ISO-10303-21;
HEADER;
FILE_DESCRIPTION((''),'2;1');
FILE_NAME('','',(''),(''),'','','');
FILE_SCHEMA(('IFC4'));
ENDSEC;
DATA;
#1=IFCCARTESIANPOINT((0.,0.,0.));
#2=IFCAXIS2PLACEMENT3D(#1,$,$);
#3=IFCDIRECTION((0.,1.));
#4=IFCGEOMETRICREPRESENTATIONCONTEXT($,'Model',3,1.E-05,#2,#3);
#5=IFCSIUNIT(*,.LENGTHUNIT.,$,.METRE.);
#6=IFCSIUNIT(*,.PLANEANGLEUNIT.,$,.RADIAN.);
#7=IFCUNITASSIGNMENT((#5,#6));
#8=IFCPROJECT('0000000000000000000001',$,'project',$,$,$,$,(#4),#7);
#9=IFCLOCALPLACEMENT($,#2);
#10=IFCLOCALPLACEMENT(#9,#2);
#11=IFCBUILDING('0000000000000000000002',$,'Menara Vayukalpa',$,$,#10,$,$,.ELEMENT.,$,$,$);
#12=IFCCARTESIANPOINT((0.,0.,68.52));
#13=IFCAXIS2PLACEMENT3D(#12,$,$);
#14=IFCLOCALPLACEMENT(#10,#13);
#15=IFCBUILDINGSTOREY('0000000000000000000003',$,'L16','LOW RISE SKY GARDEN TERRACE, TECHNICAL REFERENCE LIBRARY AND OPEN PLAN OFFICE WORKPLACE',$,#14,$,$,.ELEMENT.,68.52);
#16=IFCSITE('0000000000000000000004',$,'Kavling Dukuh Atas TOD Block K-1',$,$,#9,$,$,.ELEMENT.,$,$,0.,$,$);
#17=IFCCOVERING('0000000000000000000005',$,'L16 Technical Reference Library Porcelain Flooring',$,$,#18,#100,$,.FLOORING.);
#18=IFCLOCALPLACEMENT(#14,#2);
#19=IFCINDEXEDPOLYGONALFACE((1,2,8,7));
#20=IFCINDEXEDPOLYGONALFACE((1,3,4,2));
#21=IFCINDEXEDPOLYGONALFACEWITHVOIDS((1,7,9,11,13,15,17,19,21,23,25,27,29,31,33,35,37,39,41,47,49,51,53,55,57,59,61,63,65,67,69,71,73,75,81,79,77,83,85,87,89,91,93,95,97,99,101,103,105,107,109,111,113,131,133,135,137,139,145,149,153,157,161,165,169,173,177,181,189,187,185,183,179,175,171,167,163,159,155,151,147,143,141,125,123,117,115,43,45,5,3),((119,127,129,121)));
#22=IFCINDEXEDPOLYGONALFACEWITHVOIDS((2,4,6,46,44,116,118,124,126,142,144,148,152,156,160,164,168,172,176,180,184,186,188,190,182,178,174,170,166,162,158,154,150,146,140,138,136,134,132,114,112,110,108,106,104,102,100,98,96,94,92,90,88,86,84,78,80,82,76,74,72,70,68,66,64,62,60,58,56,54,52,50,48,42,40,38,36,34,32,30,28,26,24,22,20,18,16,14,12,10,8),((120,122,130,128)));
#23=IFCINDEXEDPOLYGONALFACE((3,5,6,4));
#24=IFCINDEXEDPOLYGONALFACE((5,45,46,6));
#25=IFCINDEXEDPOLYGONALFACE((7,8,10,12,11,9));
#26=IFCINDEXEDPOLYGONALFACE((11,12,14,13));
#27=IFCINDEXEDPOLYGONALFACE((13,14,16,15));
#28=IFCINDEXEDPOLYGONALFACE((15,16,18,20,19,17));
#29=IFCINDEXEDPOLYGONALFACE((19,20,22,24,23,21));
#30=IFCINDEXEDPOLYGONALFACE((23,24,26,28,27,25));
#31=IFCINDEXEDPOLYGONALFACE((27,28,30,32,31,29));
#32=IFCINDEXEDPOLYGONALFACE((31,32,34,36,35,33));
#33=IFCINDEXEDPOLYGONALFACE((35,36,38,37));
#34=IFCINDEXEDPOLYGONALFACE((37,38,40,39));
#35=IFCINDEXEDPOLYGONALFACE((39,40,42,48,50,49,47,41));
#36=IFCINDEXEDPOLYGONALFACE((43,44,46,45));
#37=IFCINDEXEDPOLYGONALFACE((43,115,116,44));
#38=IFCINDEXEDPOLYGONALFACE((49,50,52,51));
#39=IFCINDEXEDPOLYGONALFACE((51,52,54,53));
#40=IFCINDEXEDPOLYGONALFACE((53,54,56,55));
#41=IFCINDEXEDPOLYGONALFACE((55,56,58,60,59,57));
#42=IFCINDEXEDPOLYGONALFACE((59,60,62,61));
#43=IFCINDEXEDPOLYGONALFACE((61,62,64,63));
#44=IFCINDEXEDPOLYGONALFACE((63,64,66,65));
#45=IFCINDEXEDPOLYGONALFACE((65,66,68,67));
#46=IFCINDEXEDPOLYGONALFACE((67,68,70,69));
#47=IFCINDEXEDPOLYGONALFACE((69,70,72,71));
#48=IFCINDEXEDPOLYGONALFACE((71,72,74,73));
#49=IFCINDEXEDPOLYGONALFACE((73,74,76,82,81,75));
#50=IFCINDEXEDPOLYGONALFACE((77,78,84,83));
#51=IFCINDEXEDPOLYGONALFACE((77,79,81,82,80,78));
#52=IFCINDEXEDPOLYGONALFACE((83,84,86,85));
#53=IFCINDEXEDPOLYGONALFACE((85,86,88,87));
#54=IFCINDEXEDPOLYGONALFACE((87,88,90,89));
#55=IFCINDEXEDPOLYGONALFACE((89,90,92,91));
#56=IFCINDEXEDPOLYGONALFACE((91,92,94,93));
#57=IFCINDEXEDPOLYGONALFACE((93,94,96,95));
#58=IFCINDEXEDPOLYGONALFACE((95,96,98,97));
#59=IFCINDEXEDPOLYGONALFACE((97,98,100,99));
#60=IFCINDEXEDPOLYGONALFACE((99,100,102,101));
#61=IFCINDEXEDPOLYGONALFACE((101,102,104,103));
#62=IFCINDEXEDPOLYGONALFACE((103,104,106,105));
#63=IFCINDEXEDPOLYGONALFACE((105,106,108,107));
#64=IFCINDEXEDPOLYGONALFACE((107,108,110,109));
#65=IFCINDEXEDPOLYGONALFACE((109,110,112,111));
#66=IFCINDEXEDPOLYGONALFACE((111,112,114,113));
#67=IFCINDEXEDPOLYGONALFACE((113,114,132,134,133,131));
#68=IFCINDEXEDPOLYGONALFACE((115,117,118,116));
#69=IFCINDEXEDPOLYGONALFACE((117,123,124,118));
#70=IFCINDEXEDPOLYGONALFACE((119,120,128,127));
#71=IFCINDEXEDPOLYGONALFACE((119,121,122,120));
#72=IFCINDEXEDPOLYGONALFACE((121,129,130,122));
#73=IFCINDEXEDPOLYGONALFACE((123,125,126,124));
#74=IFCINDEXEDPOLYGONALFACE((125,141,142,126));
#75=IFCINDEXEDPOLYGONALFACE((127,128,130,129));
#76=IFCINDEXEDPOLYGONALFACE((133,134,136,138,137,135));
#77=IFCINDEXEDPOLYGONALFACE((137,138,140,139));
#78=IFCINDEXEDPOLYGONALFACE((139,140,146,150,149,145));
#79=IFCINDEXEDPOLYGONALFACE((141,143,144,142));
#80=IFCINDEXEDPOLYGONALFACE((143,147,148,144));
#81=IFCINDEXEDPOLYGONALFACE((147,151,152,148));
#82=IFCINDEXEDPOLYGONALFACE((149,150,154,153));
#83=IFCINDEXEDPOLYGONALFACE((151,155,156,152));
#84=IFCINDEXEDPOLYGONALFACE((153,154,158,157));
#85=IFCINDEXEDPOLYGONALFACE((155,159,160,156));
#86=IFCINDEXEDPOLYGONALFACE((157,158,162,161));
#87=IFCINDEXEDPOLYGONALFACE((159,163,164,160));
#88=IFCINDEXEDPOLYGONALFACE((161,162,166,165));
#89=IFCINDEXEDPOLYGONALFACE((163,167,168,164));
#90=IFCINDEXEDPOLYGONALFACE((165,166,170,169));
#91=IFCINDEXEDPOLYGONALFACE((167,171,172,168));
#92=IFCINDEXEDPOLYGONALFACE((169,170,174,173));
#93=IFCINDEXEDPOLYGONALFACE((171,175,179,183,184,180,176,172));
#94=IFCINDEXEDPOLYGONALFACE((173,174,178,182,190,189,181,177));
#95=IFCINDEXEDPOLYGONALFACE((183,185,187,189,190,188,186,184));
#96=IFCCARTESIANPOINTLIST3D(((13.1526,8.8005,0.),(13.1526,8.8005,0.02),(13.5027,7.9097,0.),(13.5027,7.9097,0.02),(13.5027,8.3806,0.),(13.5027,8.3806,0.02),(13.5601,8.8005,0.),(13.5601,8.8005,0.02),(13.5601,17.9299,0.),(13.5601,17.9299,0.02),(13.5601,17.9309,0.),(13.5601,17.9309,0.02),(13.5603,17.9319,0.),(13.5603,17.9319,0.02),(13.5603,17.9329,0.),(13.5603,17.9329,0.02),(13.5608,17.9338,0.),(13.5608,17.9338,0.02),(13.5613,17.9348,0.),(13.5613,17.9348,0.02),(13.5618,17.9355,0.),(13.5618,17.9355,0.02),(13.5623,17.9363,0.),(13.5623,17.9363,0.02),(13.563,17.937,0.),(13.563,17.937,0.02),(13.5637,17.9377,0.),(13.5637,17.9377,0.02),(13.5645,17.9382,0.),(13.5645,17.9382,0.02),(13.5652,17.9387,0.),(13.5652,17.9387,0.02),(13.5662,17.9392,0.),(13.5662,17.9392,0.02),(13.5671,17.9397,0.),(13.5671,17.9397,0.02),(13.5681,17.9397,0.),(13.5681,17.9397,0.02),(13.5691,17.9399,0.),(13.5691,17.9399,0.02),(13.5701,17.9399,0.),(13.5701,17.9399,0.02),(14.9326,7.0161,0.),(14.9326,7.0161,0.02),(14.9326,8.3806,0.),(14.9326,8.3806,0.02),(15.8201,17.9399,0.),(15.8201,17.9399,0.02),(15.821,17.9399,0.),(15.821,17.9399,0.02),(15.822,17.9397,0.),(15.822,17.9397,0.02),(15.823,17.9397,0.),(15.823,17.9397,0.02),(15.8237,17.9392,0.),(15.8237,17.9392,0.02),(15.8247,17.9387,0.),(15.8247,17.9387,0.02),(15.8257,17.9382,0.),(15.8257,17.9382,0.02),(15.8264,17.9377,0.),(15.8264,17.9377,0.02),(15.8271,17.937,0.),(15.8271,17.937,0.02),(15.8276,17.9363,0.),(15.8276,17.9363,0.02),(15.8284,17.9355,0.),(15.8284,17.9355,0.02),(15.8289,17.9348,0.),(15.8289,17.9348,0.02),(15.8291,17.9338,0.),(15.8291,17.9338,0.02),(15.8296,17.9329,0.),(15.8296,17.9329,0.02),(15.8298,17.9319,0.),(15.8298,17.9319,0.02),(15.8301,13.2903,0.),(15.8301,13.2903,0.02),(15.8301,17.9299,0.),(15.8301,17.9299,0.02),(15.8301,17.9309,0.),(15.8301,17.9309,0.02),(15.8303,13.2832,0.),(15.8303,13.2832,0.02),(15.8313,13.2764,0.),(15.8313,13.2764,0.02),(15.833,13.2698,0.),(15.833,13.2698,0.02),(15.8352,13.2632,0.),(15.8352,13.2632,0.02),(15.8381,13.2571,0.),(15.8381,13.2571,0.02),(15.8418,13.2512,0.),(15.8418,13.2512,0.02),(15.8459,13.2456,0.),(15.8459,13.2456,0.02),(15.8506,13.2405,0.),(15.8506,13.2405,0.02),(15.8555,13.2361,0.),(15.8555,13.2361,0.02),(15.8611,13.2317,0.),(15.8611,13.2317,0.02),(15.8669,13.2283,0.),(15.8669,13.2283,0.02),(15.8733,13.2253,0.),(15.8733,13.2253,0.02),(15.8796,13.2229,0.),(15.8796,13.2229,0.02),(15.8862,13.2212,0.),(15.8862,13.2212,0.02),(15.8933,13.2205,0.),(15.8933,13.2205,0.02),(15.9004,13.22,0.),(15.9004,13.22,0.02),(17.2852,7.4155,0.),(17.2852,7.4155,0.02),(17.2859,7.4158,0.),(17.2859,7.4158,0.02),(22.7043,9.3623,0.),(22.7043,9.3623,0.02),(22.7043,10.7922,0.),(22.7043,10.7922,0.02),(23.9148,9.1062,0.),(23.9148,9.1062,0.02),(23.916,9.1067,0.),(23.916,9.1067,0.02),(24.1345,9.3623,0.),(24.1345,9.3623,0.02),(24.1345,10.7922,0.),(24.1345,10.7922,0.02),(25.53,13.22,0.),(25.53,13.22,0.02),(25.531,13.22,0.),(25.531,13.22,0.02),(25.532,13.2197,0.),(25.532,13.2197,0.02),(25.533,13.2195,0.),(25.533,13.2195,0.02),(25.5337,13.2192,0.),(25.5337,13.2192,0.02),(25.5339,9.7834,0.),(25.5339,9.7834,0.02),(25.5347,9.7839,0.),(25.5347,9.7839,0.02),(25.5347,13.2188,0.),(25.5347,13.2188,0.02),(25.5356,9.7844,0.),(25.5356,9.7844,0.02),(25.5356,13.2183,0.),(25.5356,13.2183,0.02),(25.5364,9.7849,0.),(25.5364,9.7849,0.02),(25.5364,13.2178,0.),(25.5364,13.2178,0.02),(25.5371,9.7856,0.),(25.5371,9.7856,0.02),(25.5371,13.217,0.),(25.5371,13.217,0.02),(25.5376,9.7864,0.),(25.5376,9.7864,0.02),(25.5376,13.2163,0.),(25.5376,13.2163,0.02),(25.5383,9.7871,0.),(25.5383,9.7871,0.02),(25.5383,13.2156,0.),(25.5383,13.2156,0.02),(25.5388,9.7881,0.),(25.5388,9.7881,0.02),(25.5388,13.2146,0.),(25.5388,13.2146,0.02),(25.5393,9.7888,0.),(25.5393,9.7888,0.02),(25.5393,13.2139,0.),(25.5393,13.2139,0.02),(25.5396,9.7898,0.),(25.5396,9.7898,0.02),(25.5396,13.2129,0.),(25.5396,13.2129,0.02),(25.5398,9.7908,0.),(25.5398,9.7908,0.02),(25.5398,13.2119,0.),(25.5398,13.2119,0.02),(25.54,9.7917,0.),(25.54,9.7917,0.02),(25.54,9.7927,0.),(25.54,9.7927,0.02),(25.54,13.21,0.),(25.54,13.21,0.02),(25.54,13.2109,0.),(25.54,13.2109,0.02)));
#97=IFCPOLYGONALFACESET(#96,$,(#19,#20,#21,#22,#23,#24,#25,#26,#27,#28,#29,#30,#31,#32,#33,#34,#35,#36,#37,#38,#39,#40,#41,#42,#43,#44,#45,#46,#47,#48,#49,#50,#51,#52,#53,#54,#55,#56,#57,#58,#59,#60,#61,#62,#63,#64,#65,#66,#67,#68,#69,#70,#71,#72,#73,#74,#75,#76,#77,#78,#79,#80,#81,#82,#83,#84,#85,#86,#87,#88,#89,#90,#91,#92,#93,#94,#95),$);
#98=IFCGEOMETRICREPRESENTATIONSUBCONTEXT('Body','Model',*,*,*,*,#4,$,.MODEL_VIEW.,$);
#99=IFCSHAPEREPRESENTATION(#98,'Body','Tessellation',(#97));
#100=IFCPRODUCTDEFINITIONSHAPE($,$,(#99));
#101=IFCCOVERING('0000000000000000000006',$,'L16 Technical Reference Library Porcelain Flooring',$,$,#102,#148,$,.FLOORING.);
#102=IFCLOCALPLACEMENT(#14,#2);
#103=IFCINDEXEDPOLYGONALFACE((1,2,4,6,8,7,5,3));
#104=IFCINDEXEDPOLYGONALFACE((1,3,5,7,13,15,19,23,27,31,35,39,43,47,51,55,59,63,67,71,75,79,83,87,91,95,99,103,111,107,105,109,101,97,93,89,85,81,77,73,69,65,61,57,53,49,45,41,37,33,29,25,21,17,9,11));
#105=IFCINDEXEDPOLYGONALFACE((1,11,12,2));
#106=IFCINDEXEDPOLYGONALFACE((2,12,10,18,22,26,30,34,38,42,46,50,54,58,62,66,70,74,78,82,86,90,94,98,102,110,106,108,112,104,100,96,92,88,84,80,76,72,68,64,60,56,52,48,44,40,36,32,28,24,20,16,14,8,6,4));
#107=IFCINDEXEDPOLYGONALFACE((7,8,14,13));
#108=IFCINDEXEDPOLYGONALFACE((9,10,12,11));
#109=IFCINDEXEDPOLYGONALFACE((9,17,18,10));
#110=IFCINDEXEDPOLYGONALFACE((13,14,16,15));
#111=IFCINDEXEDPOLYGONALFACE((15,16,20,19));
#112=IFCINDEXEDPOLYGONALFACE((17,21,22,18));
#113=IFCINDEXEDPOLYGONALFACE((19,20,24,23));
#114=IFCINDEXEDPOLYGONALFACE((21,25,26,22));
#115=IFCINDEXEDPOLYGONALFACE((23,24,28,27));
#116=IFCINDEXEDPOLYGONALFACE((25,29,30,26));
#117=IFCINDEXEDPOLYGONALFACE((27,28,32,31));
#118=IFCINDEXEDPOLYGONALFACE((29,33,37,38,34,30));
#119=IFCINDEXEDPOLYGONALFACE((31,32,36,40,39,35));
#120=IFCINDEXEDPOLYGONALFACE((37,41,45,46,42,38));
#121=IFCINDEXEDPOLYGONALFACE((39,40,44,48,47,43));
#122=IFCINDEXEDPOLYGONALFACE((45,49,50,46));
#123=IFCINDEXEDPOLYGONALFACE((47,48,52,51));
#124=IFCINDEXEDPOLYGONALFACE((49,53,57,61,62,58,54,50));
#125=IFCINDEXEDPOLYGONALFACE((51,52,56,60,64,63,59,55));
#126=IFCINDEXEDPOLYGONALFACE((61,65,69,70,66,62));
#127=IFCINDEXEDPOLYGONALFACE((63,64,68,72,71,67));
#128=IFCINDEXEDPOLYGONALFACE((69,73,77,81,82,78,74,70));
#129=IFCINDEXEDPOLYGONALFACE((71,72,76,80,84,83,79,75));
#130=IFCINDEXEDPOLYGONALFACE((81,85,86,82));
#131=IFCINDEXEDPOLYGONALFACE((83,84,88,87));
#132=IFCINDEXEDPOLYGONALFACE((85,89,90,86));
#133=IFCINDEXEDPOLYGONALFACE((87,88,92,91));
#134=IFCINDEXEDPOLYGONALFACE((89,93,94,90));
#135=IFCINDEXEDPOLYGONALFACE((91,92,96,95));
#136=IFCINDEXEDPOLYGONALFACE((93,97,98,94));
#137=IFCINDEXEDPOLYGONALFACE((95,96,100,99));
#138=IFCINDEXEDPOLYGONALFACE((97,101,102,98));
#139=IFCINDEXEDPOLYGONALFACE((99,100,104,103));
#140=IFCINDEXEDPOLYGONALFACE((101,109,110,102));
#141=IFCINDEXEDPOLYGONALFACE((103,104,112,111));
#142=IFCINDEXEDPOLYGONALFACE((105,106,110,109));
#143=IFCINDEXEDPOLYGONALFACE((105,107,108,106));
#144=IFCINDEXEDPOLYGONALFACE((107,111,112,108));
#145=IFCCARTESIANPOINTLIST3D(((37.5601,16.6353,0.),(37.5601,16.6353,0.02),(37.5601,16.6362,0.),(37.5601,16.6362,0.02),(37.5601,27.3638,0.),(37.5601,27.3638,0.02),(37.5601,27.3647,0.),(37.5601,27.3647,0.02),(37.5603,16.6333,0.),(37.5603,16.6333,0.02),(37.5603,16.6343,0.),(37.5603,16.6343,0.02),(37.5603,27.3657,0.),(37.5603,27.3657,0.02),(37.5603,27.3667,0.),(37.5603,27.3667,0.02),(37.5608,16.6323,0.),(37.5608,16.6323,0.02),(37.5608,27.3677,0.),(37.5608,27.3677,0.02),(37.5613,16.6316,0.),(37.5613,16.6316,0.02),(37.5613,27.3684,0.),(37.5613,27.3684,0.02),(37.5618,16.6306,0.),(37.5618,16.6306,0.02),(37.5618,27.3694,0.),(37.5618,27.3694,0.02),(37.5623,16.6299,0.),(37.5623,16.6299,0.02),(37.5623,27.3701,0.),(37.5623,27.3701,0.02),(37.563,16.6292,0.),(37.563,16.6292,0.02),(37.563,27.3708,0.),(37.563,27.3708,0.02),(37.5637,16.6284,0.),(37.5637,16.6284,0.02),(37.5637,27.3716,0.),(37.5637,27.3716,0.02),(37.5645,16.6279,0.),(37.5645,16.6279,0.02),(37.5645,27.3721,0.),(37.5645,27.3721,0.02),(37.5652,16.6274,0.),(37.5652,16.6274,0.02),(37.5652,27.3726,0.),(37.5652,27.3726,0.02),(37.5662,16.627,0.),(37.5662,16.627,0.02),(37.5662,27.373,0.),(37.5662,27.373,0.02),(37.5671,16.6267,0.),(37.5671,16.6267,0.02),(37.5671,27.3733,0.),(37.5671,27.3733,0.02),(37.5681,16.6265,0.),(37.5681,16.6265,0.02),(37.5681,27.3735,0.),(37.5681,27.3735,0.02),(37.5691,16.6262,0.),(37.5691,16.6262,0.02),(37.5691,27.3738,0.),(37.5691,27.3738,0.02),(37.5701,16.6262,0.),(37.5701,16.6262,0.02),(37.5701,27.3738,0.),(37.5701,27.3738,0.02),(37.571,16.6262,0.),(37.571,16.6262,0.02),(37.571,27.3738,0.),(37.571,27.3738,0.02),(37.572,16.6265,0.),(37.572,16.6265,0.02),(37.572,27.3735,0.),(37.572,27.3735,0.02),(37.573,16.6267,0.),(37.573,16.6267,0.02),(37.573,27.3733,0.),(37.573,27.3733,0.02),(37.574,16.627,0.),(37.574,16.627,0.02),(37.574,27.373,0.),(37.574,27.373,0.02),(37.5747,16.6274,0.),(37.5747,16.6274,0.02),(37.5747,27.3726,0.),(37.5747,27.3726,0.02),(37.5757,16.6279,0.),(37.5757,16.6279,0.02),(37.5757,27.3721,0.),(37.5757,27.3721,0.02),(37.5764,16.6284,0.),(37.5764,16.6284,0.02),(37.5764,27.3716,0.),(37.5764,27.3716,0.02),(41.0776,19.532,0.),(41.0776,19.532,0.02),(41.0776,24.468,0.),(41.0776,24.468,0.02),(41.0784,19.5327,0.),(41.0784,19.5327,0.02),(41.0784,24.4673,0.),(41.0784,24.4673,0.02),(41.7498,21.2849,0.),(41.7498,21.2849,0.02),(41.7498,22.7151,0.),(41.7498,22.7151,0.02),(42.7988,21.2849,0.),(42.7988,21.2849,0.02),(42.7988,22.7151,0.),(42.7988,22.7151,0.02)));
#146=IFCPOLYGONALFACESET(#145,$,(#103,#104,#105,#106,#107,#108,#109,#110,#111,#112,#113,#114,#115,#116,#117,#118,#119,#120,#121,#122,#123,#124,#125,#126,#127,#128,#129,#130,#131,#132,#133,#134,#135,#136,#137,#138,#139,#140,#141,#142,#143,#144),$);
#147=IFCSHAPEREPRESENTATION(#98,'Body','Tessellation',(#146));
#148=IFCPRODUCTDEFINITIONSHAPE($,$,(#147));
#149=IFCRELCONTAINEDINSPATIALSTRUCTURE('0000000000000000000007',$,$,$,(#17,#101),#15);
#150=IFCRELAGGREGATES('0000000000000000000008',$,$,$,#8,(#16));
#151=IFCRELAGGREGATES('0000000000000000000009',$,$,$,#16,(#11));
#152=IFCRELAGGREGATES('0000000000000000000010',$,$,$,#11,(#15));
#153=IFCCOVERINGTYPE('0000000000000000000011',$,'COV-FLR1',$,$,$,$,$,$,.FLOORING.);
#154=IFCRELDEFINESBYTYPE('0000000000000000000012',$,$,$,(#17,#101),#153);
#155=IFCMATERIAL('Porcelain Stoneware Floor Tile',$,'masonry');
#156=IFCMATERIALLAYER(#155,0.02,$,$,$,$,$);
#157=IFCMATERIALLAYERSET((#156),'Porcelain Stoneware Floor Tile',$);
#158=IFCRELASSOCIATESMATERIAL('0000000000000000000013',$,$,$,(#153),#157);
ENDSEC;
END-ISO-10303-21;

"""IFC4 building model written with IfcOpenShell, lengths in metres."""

from ifc_helpers import new_model, si_unit, direction, frame, origin, place, context, subcontext, project, spatial, polyline, outline, extrude, material, layer, layer_set, type_object, element, save


model = new_model("IFC4")

# Units and contexts
model_context = context("Model", 3, precision=1e-05, world=origin(), true_north=direction((0.0, 1.0)))
body_context = subcontext(model_context, "Body", "Model", "MODEL_VIEW")
ifc_project = project(units=[si_unit("LENGTHUNIT", "METRE"), si_unit("PLANEANGLEUNIT", "RADIAN")], contexts=[model_context])

# Site, building, storey
site_placement = place(None, origin())
site = spatial("IfcSite", under=ifc_project, at=site_placement, Name="Kavling Dukuh Atas TOD Block K-1", CompositionType="ELEMENT", RefElevation=0.0)
building_placement = place(site_placement, origin())
building = spatial("IfcBuilding", under=site, at=building_placement, Name="Menara Vayukalpa", CompositionType="ELEMENT")
storey_placement = place(building_placement, frame((0.0, 0.0, 68.52)))
storey = spatial("IfcBuildingStorey", under=building, at=storey_placement, Name="L16", Description="LOW RISE SKY GARDEN TERRACE, TECHNICAL REFERENCE LIBRARY AND OPEN PLAN OFFICE WORKPLACE", CompositionType="ELEMENT", Elevation=68.52)

# Coverings
ifc_material_1 = material(Name="Porcelain Stoneware Floor Tile", Category="masonry")
ifc_layer_1 = layer(ifc_material_1, 0.02)
ifc_layer_set_1 = layer_set([ifc_layer_1], Name="Porcelain Stoneware Floor Tile")
covering_type_1 = type_object("IfcCoveringType", Name="COV-FLR1", PredefinedType="FLOORING", material=ifc_layer_set_1)
covering_1_placement = place(storey_placement, origin())
element("IfcCovering", 1, at=covering_1_placement, inside=storey, type_object=covering_type_1, Name="L16 Technical Reference Library Porcelain Flooring", PredefinedType="FLOORING", context=body_context, shape_type="SweptSolid", body=[
    extrude(outline(polyline([(13.5601, 8.8005), (13.5601, 17.9299), (13.5601, 17.9309), (13.5603, 17.9319), (13.5603, 17.9329), (13.5608, 17.9338), (13.5613, 17.9348), (13.5618, 17.9355), (13.5623, 17.9363), (13.563, 17.937), (13.5637, 17.9377), (13.5645, 17.9382), (13.5652, 17.9387), (13.5662, 17.9392), (13.5671, 17.9397), (13.5681, 17.9397), (13.5691, 17.9399), (13.5701, 17.9399), (15.8201, 17.9399), (15.821, 17.9399), (15.822, 17.9397), (15.823, 17.9397), (15.8237, 17.9392), (15.8247, 17.9387), (15.8257, 17.9382), (15.8264, 17.9377), (15.8271, 17.937), (15.8276, 17.9363), (15.8284, 17.9355), (15.8289, 17.9348), (15.8291, 17.9338), (15.8296, 17.9329), (15.8298, 17.9319), (15.8301, 17.9309), (15.8301, 17.9299), (15.8301, 13.2903), (15.8303, 13.2832), (15.8313, 13.2764), (15.833, 13.2698), (15.8352, 13.2632), (15.8381, 13.2571), (15.8418, 13.2512), (15.8459, 13.2456), (15.8506, 13.2405), (15.8555, 13.2361), (15.8611, 13.2317), (15.8669, 13.2283), (15.8733, 13.2253), (15.8796, 13.2229), (15.8862, 13.2212), (15.8933, 13.2205), (15.9004, 13.22), (25.53, 13.22), (25.531, 13.22), (25.532, 13.2197), (25.533, 13.2195), (25.5337, 13.2192), (25.5347, 13.2188), (25.5356, 13.2183), (25.5364, 13.2178), (25.5371, 13.217), (25.5376, 13.2163), (25.5383, 13.2156), (25.5388, 13.2146), (25.5393, 13.2139), (25.5396, 13.2129), (25.5398, 13.2119), (25.54, 13.2109), (25.54, 13.21), (25.54, 9.7927), (25.54, 9.7917), (25.5398, 9.7908), (25.5396, 9.7898), (25.5393, 9.7888), (25.5388, 9.7881), (25.5383, 9.7871), (25.5376, 9.7864), (25.5371, 9.7856), (25.5364, 9.7849), (25.5356, 9.7844), (25.5347, 9.7839), (25.5339, 9.7834), (23.916, 9.1067), (23.9148, 9.1062), (17.2859, 7.4158), (17.2852, 7.4155), (14.9326, 7.0161), (14.9326, 8.3806), (13.5027, 8.3806), (13.5027, 7.9097), (13.1526, 8.8005), (13.5601, 8.8005)]), holes=[polyline([(24.1345, 10.7922), (22.7043, 10.7922), (22.7043, 9.3623), (24.1345, 9.3623), (24.1345, 10.7922)])]), origin(), (0.0, 0.0, 1.0), 0.02),
])
covering_2_placement = place(storey_placement, origin())
element("IfcCovering", 2, at=covering_2_placement, inside=storey, type_object=covering_type_1, Name="L16 Technical Reference Library Porcelain Flooring", PredefinedType="FLOORING", context=body_context, shape_type="SweptSolid", body=[
    extrude(outline(polyline([(42.7988, 22.7151), (41.7498, 22.7151), (41.7498, 21.2849), (42.7988, 21.2849), (41.0784, 19.5327), (41.0776, 19.532), (37.5764, 16.6284), (37.5757, 16.6279), (37.5747, 16.6274), (37.574, 16.627), (37.573, 16.6267), (37.572, 16.6265), (37.571, 16.6262), (37.5701, 16.6262), (37.5691, 16.6262), (37.5681, 16.6265), (37.5671, 16.6267), (37.5662, 16.627), (37.5652, 16.6274), (37.5645, 16.6279), (37.5637, 16.6284), (37.563, 16.6292), (37.5623, 16.6299), (37.5618, 16.6306), (37.5613, 16.6316), (37.5608, 16.6323), (37.5603, 16.6333), (37.5603, 16.6343), (37.5601, 16.6353), (37.5601, 16.6362), (37.5601, 27.3638), (37.5601, 27.3647), (37.5603, 27.3657), (37.5603, 27.3667), (37.5608, 27.3677), (37.5613, 27.3684), (37.5618, 27.3694), (37.5623, 27.3701), (37.563, 27.3708), (37.5637, 27.3716), (37.5645, 27.3721), (37.5652, 27.3726), (37.5662, 27.373), (37.5671, 27.3733), (37.5681, 27.3735), (37.5691, 27.3738), (37.5701, 27.3738), (37.571, 27.3738), (37.572, 27.3735), (37.573, 27.3733), (37.574, 27.373), (37.5747, 27.3726), (37.5757, 27.3721), (37.5764, 27.3716), (41.0776, 24.468), (41.0784, 24.4673), (42.7988, 22.7151)])), origin(), (0.0, 0.0, 1.0), 0.02),
])

save(model, "model.ifc")
